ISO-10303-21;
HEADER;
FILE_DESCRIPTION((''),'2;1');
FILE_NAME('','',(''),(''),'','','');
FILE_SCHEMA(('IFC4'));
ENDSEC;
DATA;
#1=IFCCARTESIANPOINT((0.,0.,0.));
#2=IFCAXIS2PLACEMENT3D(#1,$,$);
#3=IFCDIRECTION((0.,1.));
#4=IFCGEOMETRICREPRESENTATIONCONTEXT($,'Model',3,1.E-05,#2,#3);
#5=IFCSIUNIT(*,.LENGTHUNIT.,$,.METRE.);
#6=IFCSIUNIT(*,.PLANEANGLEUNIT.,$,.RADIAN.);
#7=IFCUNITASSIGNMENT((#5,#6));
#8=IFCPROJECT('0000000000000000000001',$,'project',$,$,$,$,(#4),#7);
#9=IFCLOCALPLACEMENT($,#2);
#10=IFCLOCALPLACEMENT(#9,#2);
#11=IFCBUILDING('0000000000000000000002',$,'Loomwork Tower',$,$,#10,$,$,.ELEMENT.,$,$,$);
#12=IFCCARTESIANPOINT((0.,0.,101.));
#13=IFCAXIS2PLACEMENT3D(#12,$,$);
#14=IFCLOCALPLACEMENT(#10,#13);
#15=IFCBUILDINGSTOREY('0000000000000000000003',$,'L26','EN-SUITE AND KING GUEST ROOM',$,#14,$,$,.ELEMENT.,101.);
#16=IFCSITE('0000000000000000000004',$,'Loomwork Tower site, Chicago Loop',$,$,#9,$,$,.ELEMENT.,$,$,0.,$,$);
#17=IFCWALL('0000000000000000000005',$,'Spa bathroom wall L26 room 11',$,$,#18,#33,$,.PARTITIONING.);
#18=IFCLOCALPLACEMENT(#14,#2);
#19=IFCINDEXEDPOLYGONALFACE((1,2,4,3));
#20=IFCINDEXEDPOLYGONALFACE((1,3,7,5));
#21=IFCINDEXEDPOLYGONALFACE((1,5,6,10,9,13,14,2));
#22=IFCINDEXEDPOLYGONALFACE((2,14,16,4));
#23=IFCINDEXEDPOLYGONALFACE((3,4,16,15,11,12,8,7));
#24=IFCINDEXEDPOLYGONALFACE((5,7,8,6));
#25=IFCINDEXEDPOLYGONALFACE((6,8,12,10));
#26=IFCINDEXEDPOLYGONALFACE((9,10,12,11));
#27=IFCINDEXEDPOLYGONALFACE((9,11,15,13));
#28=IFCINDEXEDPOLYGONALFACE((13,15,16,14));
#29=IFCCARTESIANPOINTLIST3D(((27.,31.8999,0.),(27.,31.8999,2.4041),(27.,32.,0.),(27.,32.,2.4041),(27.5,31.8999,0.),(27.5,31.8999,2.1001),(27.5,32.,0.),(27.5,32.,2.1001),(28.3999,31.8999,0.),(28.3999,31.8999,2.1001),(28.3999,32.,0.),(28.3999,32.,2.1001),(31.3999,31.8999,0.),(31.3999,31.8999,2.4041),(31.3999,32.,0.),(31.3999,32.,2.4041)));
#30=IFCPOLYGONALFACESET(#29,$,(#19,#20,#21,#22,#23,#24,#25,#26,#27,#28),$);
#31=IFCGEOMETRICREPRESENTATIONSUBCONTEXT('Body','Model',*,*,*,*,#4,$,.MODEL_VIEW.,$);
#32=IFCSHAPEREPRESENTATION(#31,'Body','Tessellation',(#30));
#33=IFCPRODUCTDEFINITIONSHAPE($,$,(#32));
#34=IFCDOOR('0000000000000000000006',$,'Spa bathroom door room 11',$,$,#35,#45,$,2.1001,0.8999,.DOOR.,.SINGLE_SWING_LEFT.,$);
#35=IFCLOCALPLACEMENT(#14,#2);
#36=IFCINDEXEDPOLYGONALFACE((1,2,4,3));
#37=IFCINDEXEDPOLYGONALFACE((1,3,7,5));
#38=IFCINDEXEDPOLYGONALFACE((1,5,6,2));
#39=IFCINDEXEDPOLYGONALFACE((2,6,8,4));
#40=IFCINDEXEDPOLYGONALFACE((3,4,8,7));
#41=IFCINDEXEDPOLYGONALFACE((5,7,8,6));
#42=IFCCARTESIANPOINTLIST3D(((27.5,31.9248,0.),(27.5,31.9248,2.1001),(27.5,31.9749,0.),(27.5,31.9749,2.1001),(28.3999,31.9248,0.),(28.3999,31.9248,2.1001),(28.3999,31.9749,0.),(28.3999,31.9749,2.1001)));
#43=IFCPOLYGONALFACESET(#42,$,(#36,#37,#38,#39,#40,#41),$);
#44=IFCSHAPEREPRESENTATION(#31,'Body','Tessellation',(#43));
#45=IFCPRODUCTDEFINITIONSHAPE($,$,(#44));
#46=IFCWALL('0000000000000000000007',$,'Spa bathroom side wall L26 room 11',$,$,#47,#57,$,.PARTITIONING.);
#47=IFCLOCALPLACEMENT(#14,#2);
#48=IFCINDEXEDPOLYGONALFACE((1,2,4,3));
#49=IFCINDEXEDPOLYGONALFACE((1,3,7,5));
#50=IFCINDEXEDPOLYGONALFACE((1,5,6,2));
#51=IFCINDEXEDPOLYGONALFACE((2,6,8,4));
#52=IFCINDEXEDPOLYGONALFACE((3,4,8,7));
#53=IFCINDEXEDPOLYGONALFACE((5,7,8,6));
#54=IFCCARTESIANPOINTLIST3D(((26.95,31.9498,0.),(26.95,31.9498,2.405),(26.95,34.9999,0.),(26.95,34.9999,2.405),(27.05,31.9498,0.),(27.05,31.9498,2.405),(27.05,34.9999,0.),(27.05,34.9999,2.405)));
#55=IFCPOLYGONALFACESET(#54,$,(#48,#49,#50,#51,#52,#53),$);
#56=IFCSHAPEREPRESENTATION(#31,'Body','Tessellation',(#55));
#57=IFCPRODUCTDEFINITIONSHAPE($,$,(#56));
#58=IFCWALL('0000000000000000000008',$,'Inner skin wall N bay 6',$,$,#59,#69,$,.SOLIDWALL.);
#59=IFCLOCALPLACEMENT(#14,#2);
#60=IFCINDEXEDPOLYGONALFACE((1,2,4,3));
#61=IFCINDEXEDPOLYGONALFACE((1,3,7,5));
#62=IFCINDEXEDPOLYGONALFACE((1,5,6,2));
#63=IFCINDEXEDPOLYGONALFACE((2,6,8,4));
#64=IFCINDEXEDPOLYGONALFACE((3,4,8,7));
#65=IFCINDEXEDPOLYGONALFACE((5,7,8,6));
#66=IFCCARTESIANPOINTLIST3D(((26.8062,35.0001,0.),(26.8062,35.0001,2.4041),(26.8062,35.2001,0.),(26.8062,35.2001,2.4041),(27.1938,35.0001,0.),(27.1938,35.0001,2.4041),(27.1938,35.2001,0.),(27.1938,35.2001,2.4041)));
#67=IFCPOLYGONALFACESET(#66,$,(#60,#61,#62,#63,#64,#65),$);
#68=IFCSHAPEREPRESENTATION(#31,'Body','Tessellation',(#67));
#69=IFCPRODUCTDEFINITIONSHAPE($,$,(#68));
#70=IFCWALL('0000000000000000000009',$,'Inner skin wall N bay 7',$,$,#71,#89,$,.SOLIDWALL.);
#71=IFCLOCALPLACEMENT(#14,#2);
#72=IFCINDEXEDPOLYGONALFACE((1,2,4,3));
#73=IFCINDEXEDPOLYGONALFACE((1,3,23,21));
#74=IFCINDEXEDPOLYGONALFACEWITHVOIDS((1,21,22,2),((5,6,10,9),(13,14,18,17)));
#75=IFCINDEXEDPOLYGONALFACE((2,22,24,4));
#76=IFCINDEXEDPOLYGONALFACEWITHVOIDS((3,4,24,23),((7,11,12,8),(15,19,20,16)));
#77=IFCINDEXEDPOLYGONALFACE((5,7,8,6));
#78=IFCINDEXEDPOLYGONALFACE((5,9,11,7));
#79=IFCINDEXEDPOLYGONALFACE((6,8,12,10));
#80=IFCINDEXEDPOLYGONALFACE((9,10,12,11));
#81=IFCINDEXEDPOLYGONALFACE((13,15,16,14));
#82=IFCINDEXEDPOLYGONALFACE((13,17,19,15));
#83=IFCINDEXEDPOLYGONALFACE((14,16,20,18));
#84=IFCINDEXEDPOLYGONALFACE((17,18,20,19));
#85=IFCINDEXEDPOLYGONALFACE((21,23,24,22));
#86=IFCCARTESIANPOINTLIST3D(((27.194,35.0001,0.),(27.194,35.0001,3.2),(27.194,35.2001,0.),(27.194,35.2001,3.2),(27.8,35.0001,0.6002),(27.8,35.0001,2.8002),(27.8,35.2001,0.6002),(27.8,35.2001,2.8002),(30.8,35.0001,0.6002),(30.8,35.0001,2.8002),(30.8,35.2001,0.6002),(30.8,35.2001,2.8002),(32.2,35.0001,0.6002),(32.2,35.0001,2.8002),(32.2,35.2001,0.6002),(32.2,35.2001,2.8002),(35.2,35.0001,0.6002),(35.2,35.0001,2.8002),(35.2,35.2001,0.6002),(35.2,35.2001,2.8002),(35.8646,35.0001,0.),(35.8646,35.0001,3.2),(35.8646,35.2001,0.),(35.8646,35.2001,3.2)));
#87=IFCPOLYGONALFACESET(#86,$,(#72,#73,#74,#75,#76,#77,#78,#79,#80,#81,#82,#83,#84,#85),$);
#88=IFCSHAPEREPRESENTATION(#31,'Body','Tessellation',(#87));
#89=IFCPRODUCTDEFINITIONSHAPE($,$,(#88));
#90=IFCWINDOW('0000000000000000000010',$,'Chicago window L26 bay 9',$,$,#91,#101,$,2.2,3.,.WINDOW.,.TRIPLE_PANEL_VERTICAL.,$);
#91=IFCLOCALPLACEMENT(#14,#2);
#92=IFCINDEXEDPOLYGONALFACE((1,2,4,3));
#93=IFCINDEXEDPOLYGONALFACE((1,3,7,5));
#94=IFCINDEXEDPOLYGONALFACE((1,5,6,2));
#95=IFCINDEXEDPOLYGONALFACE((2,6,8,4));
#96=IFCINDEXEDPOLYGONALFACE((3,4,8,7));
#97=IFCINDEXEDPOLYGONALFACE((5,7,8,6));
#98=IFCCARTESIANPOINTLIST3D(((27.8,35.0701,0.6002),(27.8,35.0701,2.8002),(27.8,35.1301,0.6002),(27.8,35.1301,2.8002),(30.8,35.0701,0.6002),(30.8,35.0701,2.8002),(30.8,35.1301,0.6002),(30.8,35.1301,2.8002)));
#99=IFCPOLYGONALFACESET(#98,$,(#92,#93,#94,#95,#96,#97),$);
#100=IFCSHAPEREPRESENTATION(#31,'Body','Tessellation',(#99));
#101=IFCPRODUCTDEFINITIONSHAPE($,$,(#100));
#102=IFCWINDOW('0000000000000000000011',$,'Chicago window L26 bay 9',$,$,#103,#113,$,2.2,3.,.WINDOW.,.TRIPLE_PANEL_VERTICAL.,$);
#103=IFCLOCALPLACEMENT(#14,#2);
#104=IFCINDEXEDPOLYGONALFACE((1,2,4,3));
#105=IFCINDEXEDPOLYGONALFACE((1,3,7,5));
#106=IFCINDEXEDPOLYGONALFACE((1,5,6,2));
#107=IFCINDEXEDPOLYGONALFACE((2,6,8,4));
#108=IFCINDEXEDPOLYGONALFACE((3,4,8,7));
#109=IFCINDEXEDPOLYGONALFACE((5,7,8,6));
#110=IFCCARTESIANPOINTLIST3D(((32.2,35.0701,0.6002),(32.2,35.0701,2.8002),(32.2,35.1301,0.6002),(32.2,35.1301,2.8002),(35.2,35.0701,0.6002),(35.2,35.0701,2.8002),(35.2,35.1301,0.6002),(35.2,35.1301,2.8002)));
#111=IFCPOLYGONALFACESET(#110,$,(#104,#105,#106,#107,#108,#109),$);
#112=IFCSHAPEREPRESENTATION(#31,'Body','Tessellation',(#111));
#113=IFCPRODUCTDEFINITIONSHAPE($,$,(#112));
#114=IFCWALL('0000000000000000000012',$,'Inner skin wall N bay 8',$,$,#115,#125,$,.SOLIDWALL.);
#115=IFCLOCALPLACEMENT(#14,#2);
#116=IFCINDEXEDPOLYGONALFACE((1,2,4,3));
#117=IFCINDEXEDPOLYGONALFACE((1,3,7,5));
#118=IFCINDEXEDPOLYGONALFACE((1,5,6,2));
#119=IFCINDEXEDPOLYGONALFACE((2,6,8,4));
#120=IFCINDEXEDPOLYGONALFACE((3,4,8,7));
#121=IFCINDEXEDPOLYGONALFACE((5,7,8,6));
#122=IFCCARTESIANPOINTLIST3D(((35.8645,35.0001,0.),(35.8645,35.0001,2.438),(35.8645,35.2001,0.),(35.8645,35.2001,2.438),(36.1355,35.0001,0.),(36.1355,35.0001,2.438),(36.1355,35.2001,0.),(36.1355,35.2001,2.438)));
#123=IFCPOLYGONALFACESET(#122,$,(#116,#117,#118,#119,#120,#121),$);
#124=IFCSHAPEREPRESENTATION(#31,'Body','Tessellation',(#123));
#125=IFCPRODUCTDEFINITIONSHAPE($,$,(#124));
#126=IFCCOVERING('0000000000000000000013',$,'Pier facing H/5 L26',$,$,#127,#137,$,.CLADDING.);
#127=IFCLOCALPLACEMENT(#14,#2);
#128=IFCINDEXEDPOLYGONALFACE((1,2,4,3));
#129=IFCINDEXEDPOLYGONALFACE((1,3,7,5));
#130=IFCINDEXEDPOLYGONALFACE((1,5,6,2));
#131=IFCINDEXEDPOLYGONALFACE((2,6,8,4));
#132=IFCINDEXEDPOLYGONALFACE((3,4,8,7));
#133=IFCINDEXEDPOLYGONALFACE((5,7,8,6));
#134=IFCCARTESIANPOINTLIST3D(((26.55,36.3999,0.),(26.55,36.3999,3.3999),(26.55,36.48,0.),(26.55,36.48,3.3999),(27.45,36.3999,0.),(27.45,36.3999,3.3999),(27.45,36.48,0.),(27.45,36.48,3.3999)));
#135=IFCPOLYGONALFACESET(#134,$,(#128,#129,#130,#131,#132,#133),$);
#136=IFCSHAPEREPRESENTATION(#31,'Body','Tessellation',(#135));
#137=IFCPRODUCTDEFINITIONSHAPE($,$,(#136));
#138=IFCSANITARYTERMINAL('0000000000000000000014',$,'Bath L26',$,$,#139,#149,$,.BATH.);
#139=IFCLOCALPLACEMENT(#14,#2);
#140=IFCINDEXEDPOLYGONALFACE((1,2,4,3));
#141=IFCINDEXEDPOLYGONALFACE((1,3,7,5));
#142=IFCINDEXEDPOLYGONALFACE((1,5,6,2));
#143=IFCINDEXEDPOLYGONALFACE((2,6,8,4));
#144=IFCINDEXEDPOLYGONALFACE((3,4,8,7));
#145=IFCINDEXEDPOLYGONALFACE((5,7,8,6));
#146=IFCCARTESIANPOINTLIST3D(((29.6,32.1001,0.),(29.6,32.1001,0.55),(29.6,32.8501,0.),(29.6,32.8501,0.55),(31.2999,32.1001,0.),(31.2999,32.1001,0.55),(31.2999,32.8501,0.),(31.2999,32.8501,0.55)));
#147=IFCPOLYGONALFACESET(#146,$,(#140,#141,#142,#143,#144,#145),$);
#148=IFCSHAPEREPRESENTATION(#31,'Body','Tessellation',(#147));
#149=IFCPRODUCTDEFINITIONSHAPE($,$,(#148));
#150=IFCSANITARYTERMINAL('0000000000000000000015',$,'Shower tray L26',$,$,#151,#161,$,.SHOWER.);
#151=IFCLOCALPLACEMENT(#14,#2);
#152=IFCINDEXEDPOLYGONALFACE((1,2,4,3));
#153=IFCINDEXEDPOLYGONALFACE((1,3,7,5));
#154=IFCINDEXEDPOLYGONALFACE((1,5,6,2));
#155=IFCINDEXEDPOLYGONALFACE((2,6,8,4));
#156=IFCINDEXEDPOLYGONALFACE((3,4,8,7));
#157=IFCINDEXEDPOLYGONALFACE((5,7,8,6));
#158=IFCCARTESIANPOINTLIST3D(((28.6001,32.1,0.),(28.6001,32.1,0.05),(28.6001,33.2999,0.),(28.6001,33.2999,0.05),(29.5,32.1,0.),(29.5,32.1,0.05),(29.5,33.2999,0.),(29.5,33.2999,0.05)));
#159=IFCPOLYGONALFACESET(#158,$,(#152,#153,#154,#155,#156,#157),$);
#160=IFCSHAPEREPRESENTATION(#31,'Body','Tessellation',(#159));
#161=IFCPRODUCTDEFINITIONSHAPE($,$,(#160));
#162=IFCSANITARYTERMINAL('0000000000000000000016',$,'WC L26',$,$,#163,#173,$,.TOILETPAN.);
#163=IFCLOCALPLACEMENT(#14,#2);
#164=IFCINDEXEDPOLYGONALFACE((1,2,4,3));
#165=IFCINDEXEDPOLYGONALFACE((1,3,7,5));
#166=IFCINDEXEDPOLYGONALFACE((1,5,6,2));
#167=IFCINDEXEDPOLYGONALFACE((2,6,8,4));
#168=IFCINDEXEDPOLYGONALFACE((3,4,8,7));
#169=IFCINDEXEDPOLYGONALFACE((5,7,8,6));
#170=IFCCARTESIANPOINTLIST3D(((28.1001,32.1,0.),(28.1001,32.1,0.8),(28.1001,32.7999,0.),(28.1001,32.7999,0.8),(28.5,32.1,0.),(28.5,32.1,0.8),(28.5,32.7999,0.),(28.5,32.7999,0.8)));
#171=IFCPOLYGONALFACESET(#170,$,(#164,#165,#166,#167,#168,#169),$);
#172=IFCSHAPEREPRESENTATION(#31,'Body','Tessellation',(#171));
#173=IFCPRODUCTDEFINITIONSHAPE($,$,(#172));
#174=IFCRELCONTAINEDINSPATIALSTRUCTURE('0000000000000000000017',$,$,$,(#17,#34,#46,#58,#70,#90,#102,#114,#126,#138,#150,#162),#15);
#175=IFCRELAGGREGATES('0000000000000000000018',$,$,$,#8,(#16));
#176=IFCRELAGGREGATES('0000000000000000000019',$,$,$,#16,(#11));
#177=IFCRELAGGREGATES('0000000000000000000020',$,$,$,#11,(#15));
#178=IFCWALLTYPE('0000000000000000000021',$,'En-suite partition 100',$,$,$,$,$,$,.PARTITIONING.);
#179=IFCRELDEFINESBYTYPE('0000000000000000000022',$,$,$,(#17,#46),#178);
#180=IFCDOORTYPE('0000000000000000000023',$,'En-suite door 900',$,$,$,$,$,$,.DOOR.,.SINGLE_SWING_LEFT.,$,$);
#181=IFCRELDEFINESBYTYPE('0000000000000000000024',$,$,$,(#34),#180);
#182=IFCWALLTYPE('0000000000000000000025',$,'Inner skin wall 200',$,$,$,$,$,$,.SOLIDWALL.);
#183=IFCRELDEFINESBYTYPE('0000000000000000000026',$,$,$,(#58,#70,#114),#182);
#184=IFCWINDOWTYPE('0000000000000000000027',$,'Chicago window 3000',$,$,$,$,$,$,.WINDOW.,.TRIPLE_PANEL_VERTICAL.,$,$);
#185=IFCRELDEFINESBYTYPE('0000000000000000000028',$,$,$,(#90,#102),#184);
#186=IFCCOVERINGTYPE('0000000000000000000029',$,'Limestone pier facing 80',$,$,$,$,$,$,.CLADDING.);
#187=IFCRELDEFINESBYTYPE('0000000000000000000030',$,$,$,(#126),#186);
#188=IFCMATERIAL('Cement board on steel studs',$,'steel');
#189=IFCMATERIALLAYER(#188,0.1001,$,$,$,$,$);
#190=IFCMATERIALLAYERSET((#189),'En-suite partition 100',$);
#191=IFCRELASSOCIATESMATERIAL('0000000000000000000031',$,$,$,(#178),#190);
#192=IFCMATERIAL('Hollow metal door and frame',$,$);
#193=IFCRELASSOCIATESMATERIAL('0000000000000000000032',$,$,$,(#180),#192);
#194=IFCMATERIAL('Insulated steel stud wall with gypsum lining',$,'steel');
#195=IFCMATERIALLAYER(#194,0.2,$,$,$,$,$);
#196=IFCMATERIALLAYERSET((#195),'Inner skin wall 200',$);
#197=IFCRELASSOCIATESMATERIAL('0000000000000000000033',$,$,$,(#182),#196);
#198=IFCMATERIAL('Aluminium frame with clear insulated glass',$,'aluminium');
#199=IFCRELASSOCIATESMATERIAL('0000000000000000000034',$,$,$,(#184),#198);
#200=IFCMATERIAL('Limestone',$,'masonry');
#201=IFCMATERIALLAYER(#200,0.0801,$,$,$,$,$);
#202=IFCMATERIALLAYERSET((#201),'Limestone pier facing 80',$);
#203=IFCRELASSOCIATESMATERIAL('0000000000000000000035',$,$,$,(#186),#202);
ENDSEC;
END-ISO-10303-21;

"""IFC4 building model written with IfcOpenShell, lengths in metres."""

from ifc_helpers import new_model, si_unit, direction, frame, frame_2d, origin, origin_2d, place, context, subcontext, project, spatial, rectangle, extrude, material, layer, layer_set, type_object, element, fill, save


model = new_model("IFC4")

# Units and contexts
model_context = context("Model", 3, precision=1e-05, world=origin(), true_north=direction((0.0, 1.0)))
body_context = subcontext(model_context, "Body", "Model", "MODEL_VIEW")
ifc_project = project(units=[si_unit("LENGTHUNIT", "METRE"), si_unit("PLANEANGLEUNIT", "RADIAN")], contexts=[model_context])

# Site, building, storey
site_placement = place(None, origin())
site = spatial("IfcSite", under=ifc_project, at=site_placement, Name="Loomwork Tower site, Chicago Loop", CompositionType="ELEMENT", RefElevation=0.0)
building_placement = place(site_placement, origin())
building = spatial("IfcBuilding", under=site, at=building_placement, Name="Loomwork Tower", CompositionType="ELEMENT")
storey_placement = place(building_placement, frame((0.0, 0.0, 101.0)))
storey = spatial("IfcBuildingStorey", under=building, at=storey_placement, Name="L26", Description="EN-SUITE AND KING GUEST ROOM", CompositionType="ELEMENT", Elevation=101.0)

# Wall, opening, door
ifc_material_1 = material(Name="Cement board on steel studs", Category="steel")
ifc_layer_1 = layer(ifc_material_1, 0.1001)
ifc_layer_set_1 = layer_set([ifc_layer_1], Name="En-suite partition 100")
wall_type_1 = type_object("IfcWallType", Name="En-suite partition 100", PredefinedType="PARTITIONING", material=ifc_layer_set_1)
wall_1_placement = place(storey_placement, frame((27.0, 31.95, 0.0), z_axis=(0.0, 0.0, 1.0), x_axis=(1.0, 0.0, 0.0)))
wall_1 = element("IfcWall", 1, at=wall_1_placement, inside=storey, type_object=wall_type_1, Name="Spa bathroom wall L26 room 11", PredefinedType="PARTITIONING", context=body_context, shape_type="SweptSolid", body=[
    extrude(rectangle(XDim=4.3999, YDim=0.1001, at=frame_2d((2.2, 0.0))), origin(), (0.0, 0.0, 1.0), 2.4041),
])
opening_1_placement = place(wall_1_placement, frame((0.5, 0.0, 0.0)))
opening_1 = element("IfcOpeningElement", 2, at=opening_1_placement, cuts=wall_1, PredefinedType="OPENING", context=body_context, shape_type="SweptSolid", body=[
    extrude(rectangle(XDim=0.8999, YDim=2.1001, at=frame_2d((0.45, 1.05))), frame((0.0, 0.0601, 0.0), z_axis=(0.0, -1.0, 0.0), x_axis=(1.0, 0.0, 0.0)), (0.0, 0.0, 1.0), 0.1201),
])
ifc_material_2 = material(Name="Hollow metal door and frame")
door_type = type_object("IfcDoorType", Name="En-suite door 900", OperationType="SINGLE_SWING_LEFT", PredefinedType="DOOR", material=ifc_material_2)
door_placement = place(opening_1_placement, origin())
door = element("IfcDoor", 3, at=door_placement, inside=storey, type_object=door_type, Name="Spa bathroom door room 11", OperationType="SINGLE_SWING_LEFT", OverallHeight=2.1001, OverallWidth=0.8999, PredefinedType="DOOR", context=body_context, shape_type="SweptSolid", body=[
    extrude(rectangle(XDim=0.8999, YDim=2.1001, at=frame_2d((0.45, 1.05))), frame((0.0, 0.0249, 0.0), z_axis=(0.0, -1.0, 0.0), x_axis=(1.0, 0.0, 0.0)), (0.0, 0.0, 1.0), 0.05),
])
fill(opening_1, door)

# Walls
wall_2_placement = place(storey_placement, frame((27.0, 31.95, 0.0), z_axis=(0.0, 0.0, 1.0), x_axis=(0.0, 1.0, 0.0)))
element("IfcWall", 4, at=wall_2_placement, inside=storey, type_object=wall_type_1, Name="Spa bathroom side wall L26 room 11", PredefinedType="PARTITIONING", context=body_context, shape_type="SweptSolid", body=[
    extrude(rectangle(XDim=3.05, YDim=0.1001, at=frame_2d((1.5249, 0.0))), origin(), (0.0, 0.0, 1.0), 2.405),
])
ifc_material_3 = material(Name="Insulated steel stud wall with gypsum lining", Category="steel")
ifc_layer_2 = layer(ifc_material_3, 0.2)
ifc_layer_set_2 = layer_set([ifc_layer_2], Name="Inner skin wall 200")
wall_type_2 = type_object("IfcWallType", Name="Inner skin wall 200", PredefinedType="SOLIDWALL", material=ifc_layer_set_2)
wall_3_placement = place(storey_placement, frame((26.8062, 35.1001, 0.0), z_axis=(0.0, 0.0, 1.0), x_axis=(1.0, 0.0, 0.0)))
element("IfcWall", 5, at=wall_3_placement, inside=storey, type_object=wall_type_2, Name="Inner skin wall N bay 6", PredefinedType="SOLIDWALL", context=body_context, shape_type="SweptSolid", body=[
    extrude(rectangle(XDim=0.3877, YDim=0.2, at=frame_2d((0.1938, 0.0))), origin(), (0.0, 0.0, 1.0), 2.4041),
])

# Wall, openings, windows
wall_4_placement = place(storey_placement, frame((27.1938, 35.1001, 0.0), z_axis=(0.0, 0.0, 1.0), x_axis=(1.0, 0.0, 0.0)))
wall_4 = element("IfcWall", 6, at=wall_4_placement, inside=storey, type_object=wall_type_2, Name="Inner skin wall N bay 7", PredefinedType="SOLIDWALL", context=body_context, shape_type="SweptSolid", body=[
    extrude(rectangle(XDim=8.6707, YDim=0.2, at=frame_2d((4.3354, 0.0))), origin(), (0.0, 0.0, 1.0), 3.2),
])
opening_2_placement = place(wall_4_placement, frame((0.6062, 0.0, 0.6001)))
opening_2 = element("IfcOpeningElement", 7, at=opening_2_placement, cuts=wall_4, PredefinedType="OPENING", context=body_context, shape_type="SweptSolid", body=[
    extrude(rectangle(XDim=3.0, YDim=2.2, at=frame_2d((1.5, 1.1001))), frame((0.0, 0.1099, 0.0), z_axis=(0.0, -1.0, 0.0), x_axis=(1.0, 0.0, 0.0)), (0.0, 0.0, 1.0), 0.22),
])
opening_3_placement = place(wall_4_placement, frame((5.0061, 0.0, 0.6001)))
opening_3 = element("IfcOpeningElement", 8, at=opening_3_placement, cuts=wall_4, PredefinedType="OPENING", context=body_context, shape_type="SweptSolid", body=[
    extrude(rectangle(XDim=3.0, YDim=2.2, at=frame_2d((1.5, 1.1001))), frame((0.0, 0.1099, 0.0), z_axis=(0.0, -1.0, 0.0), x_axis=(1.0, 0.0, 0.0)), (0.0, 0.0, 1.0), 0.22),
])
ifc_material_4 = material(Name="Aluminium frame with clear insulated glass", Category="aluminium")
window_type = type_object("IfcWindowType", Name="Chicago window 3000", PartitioningType="TRIPLE_PANEL_VERTICAL", PredefinedType="WINDOW", material=ifc_material_4)
window_1_placement = place(opening_2_placement, origin())
window_1 = element("IfcWindow", 9, at=window_1_placement, inside=storey, type_object=window_type, Name="Chicago window L26 bay 9", OverallHeight=2.2, OverallWidth=3.0, PartitioningType="TRIPLE_PANEL_VERTICAL", PredefinedType="WINDOW", context=body_context, shape_type="SweptSolid", body=[
    extrude(rectangle(XDim=3.0, YDim=2.2, at=frame_2d((1.5, 1.1001))), frame((0.0, 0.03, 0.0), z_axis=(0.0, -1.0, 0.0), x_axis=(1.0, 0.0, 0.0)), (0.0, 0.0, 1.0), 0.0601),
])
fill(opening_2, window_1)
window_2_placement = place(opening_3_placement, origin())
window_2 = element("IfcWindow", 10, at=window_2_placement, inside=storey, type_object=window_type, Name="Chicago window L26 bay 9", OverallHeight=2.2, OverallWidth=3.0, PartitioningType="TRIPLE_PANEL_VERTICAL", PredefinedType="WINDOW", context=body_context, shape_type="SweptSolid", body=[
    extrude(rectangle(XDim=3.0, YDim=2.2, at=frame_2d((1.5, 1.1001))), frame((0.0, 0.03, 0.0), z_axis=(0.0, -1.0, 0.0), x_axis=(1.0, 0.0, 0.0)), (0.0, 0.0, 1.0), 0.0601),
])
fill(opening_3, window_2)

# Wall
wall_5_placement = place(storey_placement, frame((35.8645, 35.1001, 0.0), z_axis=(0.0, 0.0, 1.0), x_axis=(1.0, 0.0, 0.0)))
element("IfcWall", 11, at=wall_5_placement, inside=storey, type_object=wall_type_2, Name="Inner skin wall N bay 8", PredefinedType="SOLIDWALL", context=body_context, shape_type="SweptSolid", body=[
    extrude(rectangle(XDim=0.271, YDim=0.2, at=frame_2d((0.1355, 0.0))), origin(), (0.0, 0.0, 1.0), 2.438),
])

# Covering
ifc_material_5 = material(Name="Limestone", Category="masonry")
ifc_layer_3 = layer(ifc_material_5, 0.0801)
ifc_layer_set_3 = layer_set([ifc_layer_3], Name="Limestone pier facing 80")
covering_type = type_object("IfcCoveringType", Name="Limestone pier facing 80", PredefinedType="CLADDING", material=ifc_layer_set_3)
covering_placement = place(storey_placement, frame((27.0, 36.4399, 0.0), z_axis=(0.0, 0.0, 1.0), x_axis=(1.0, 0.0, 0.0)))
element("IfcCovering", 12, at=covering_placement, inside=storey, type_object=covering_type, Name="Pier facing H/5 L26", PredefinedType="CLADDING", context=body_context, shape_type="SweptSolid", body=[
    extrude(rectangle(XDim=0.8999, YDim=0.0801, at=origin_2d()), origin(), (0.0, 0.0, 1.0), 3.3999),
])

# Sanitary terminals
sanitary_terminal_1_placement = place(storey_placement, frame((30.45, 32.4751, 0.0), z_axis=(0.0, 0.0, 1.0), x_axis=(1.0, 0.0, 0.0)))
element("IfcSanitaryTerminal", 13, at=sanitary_terminal_1_placement, inside=storey, Name="Bath L26", PredefinedType="BATH", context=body_context, shape_type="SweptSolid", body=[
    extrude(rectangle(XDim=1.7, YDim=0.75, at=origin_2d()), origin(), (0.0, 0.0, 1.0), 0.55),
])
sanitary_terminal_2_placement = place(storey_placement, frame((29.05, 32.7, 0.0), z_axis=(0.0, 0.0, 1.0), x_axis=(1.0, 0.0, 0.0)))
element("IfcSanitaryTerminal", 14, at=sanitary_terminal_2_placement, inside=storey, Name="Shower tray L26", PredefinedType="SHOWER", context=body_context, shape_type="SweptSolid", body=[
    extrude(rectangle(XDim=0.8999, YDim=1.2, at=origin_2d()), origin(), (0.0, 0.0, 1.0), 0.05),
])
sanitary_terminal_3_placement = place(storey_placement, frame((28.3, 32.45, 0.0), z_axis=(0.0, 0.0, 1.0), x_axis=(1.0, 0.0, 0.0)))
element("IfcSanitaryTerminal", 15, at=sanitary_terminal_3_placement, inside=storey, Name="WC L26", PredefinedType="TOILETPAN", context=body_context, shape_type="SweptSolid", body=[
    extrude(rectangle(XDim=0.3999, YDim=0.7, at=origin_2d()), origin(), (0.0, 0.0, 1.0), 0.8),
])

save(model, "model.ifc")
